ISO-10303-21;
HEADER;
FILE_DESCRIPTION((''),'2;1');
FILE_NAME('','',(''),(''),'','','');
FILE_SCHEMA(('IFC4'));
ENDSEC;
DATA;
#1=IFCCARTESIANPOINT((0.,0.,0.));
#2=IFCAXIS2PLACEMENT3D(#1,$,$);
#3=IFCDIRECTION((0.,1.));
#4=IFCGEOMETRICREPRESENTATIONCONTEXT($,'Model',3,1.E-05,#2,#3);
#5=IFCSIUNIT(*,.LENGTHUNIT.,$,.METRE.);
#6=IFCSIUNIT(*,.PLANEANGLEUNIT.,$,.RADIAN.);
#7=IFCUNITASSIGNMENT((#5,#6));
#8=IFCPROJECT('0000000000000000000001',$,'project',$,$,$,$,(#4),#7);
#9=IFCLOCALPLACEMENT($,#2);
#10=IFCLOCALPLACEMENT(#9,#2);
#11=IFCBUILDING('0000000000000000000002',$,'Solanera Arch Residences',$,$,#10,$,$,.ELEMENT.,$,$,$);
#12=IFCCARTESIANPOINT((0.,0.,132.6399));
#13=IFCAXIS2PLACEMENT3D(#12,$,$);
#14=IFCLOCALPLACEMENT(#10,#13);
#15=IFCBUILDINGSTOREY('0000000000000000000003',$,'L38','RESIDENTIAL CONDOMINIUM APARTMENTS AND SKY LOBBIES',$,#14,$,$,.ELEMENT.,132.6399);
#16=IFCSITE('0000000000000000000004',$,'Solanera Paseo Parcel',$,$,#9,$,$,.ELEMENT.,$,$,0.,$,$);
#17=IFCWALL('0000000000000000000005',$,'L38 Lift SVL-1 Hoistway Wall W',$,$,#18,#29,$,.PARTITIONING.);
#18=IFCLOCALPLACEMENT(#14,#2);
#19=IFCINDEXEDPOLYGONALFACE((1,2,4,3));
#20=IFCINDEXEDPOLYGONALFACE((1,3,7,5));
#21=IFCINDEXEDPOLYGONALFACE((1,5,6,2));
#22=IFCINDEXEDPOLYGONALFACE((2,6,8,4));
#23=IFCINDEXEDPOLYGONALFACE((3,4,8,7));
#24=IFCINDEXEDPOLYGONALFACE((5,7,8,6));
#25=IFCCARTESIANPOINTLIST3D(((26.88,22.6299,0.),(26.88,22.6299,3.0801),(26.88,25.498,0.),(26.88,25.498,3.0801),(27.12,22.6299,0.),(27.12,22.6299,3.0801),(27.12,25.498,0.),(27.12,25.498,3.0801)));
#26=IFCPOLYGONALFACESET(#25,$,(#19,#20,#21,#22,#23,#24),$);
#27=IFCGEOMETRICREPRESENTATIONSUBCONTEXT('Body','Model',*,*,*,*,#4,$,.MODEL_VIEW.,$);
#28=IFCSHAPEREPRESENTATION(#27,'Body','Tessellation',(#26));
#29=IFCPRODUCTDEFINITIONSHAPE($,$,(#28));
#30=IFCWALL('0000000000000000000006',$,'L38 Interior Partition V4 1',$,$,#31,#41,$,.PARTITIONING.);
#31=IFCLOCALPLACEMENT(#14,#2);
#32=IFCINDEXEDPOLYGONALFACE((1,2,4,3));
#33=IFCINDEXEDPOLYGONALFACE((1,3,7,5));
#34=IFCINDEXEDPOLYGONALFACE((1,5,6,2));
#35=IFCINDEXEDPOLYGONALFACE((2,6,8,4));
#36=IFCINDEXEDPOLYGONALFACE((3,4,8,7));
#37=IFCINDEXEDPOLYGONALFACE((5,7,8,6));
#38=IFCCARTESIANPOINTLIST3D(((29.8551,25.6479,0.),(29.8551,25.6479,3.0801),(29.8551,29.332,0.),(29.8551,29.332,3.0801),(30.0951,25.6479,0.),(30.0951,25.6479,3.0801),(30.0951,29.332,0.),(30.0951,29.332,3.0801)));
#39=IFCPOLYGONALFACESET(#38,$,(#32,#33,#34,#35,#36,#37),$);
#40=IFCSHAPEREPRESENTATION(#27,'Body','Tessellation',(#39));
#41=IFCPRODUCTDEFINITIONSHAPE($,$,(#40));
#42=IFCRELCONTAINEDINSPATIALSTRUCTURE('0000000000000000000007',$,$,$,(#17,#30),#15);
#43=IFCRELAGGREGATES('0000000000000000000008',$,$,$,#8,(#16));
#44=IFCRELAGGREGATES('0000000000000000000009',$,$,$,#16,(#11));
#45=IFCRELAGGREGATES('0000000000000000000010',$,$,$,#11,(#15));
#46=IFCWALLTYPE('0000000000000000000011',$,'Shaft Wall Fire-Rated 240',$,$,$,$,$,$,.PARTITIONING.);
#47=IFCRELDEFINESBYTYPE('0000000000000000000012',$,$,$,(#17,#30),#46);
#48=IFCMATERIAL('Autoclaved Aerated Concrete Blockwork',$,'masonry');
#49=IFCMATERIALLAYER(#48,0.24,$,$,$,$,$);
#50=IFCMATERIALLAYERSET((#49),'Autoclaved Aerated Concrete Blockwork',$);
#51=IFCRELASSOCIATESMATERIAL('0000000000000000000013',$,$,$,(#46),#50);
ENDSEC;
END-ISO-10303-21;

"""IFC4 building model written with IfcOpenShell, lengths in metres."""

from ifc_helpers import new_model, si_unit, direction, frame, frame_2d, origin, place, context, subcontext, project, spatial, rectangle, extrude, material, layer, layer_set, type_object, element, save


model = new_model("IFC4")

# Units and contexts
model_context = context("Model", 3, precision=1e-05, world=origin(), true_north=direction((0.0, 1.0)))
body_context = subcontext(model_context, "Body", "Model", "MODEL_VIEW")
ifc_project = project(units=[si_unit("LENGTHUNIT", "METRE"), si_unit("PLANEANGLEUNIT", "RADIAN")], contexts=[model_context])

# Site, building, storey
site_placement = place(None, origin())
site = spatial("IfcSite", under=ifc_project, at=site_placement, Name="Solanera Paseo Parcel", CompositionType="ELEMENT", RefElevation=0.0)
building_placement = place(site_placement, origin())
building = spatial("IfcBuilding", under=site, at=building_placement, Name="Solanera Arch Residences", CompositionType="ELEMENT")
storey_placement = place(building_placement, frame((0.0, 0.0, 132.6399)))
storey = spatial("IfcBuildingStorey", under=building, at=storey_placement, Name="L38", Description="RESIDENTIAL CONDOMINIUM APARTMENTS AND SKY LOBBIES", CompositionType="ELEMENT", Elevation=132.6399)

# Walls
ifc_material_1 = material(Name="Autoclaved Aerated Concrete Blockwork", Category="masonry")
ifc_layer_1 = layer(ifc_material_1, 0.24)
ifc_layer_set_1 = layer_set([ifc_layer_1], Name="Autoclaved Aerated Concrete Blockwork")
wall_type_1 = type_object("IfcWallType", Name="Shaft Wall Fire-Rated 240", PredefinedType="PARTITIONING", material=ifc_layer_set_1)
wall_1_placement = place(storey_placement, frame((27.0, 22.6299, 0.0), z_axis=(0.0, 0.0, 1.0), x_axis=(0.0, 1.0, 0.0)))
element("IfcWall", 1, at=wall_1_placement, inside=storey, type_object=wall_type_1, Name="L38 Lift SVL-1 Hoistway Wall W", PredefinedType="PARTITIONING", context=body_context, shape_type="SweptSolid", body=[
    extrude(rectangle(XDim=2.8682, YDim=0.24, at=frame_2d((1.4341, 0.0))), origin(), (0.0, 0.0, 1.0), 3.0801),
])
wall_2_placement = place(storey_placement, frame((29.9751, 25.6479, 0.0), z_axis=(0.0, 0.0, 1.0), x_axis=(0.0, 1.0, 0.0)))
element("IfcWall", 2, at=wall_2_placement, inside=storey, type_object=wall_type_1, Name="L38 Interior Partition V4 1", PredefinedType="PARTITIONING", context=body_context, shape_type="SweptSolid", body=[
    extrude(rectangle(XDim=3.6841, YDim=0.24, at=frame_2d((1.842, 0.0))), origin(), (0.0, 0.0, 1.0), 3.0801),
])

save(model, "model.ifc")
